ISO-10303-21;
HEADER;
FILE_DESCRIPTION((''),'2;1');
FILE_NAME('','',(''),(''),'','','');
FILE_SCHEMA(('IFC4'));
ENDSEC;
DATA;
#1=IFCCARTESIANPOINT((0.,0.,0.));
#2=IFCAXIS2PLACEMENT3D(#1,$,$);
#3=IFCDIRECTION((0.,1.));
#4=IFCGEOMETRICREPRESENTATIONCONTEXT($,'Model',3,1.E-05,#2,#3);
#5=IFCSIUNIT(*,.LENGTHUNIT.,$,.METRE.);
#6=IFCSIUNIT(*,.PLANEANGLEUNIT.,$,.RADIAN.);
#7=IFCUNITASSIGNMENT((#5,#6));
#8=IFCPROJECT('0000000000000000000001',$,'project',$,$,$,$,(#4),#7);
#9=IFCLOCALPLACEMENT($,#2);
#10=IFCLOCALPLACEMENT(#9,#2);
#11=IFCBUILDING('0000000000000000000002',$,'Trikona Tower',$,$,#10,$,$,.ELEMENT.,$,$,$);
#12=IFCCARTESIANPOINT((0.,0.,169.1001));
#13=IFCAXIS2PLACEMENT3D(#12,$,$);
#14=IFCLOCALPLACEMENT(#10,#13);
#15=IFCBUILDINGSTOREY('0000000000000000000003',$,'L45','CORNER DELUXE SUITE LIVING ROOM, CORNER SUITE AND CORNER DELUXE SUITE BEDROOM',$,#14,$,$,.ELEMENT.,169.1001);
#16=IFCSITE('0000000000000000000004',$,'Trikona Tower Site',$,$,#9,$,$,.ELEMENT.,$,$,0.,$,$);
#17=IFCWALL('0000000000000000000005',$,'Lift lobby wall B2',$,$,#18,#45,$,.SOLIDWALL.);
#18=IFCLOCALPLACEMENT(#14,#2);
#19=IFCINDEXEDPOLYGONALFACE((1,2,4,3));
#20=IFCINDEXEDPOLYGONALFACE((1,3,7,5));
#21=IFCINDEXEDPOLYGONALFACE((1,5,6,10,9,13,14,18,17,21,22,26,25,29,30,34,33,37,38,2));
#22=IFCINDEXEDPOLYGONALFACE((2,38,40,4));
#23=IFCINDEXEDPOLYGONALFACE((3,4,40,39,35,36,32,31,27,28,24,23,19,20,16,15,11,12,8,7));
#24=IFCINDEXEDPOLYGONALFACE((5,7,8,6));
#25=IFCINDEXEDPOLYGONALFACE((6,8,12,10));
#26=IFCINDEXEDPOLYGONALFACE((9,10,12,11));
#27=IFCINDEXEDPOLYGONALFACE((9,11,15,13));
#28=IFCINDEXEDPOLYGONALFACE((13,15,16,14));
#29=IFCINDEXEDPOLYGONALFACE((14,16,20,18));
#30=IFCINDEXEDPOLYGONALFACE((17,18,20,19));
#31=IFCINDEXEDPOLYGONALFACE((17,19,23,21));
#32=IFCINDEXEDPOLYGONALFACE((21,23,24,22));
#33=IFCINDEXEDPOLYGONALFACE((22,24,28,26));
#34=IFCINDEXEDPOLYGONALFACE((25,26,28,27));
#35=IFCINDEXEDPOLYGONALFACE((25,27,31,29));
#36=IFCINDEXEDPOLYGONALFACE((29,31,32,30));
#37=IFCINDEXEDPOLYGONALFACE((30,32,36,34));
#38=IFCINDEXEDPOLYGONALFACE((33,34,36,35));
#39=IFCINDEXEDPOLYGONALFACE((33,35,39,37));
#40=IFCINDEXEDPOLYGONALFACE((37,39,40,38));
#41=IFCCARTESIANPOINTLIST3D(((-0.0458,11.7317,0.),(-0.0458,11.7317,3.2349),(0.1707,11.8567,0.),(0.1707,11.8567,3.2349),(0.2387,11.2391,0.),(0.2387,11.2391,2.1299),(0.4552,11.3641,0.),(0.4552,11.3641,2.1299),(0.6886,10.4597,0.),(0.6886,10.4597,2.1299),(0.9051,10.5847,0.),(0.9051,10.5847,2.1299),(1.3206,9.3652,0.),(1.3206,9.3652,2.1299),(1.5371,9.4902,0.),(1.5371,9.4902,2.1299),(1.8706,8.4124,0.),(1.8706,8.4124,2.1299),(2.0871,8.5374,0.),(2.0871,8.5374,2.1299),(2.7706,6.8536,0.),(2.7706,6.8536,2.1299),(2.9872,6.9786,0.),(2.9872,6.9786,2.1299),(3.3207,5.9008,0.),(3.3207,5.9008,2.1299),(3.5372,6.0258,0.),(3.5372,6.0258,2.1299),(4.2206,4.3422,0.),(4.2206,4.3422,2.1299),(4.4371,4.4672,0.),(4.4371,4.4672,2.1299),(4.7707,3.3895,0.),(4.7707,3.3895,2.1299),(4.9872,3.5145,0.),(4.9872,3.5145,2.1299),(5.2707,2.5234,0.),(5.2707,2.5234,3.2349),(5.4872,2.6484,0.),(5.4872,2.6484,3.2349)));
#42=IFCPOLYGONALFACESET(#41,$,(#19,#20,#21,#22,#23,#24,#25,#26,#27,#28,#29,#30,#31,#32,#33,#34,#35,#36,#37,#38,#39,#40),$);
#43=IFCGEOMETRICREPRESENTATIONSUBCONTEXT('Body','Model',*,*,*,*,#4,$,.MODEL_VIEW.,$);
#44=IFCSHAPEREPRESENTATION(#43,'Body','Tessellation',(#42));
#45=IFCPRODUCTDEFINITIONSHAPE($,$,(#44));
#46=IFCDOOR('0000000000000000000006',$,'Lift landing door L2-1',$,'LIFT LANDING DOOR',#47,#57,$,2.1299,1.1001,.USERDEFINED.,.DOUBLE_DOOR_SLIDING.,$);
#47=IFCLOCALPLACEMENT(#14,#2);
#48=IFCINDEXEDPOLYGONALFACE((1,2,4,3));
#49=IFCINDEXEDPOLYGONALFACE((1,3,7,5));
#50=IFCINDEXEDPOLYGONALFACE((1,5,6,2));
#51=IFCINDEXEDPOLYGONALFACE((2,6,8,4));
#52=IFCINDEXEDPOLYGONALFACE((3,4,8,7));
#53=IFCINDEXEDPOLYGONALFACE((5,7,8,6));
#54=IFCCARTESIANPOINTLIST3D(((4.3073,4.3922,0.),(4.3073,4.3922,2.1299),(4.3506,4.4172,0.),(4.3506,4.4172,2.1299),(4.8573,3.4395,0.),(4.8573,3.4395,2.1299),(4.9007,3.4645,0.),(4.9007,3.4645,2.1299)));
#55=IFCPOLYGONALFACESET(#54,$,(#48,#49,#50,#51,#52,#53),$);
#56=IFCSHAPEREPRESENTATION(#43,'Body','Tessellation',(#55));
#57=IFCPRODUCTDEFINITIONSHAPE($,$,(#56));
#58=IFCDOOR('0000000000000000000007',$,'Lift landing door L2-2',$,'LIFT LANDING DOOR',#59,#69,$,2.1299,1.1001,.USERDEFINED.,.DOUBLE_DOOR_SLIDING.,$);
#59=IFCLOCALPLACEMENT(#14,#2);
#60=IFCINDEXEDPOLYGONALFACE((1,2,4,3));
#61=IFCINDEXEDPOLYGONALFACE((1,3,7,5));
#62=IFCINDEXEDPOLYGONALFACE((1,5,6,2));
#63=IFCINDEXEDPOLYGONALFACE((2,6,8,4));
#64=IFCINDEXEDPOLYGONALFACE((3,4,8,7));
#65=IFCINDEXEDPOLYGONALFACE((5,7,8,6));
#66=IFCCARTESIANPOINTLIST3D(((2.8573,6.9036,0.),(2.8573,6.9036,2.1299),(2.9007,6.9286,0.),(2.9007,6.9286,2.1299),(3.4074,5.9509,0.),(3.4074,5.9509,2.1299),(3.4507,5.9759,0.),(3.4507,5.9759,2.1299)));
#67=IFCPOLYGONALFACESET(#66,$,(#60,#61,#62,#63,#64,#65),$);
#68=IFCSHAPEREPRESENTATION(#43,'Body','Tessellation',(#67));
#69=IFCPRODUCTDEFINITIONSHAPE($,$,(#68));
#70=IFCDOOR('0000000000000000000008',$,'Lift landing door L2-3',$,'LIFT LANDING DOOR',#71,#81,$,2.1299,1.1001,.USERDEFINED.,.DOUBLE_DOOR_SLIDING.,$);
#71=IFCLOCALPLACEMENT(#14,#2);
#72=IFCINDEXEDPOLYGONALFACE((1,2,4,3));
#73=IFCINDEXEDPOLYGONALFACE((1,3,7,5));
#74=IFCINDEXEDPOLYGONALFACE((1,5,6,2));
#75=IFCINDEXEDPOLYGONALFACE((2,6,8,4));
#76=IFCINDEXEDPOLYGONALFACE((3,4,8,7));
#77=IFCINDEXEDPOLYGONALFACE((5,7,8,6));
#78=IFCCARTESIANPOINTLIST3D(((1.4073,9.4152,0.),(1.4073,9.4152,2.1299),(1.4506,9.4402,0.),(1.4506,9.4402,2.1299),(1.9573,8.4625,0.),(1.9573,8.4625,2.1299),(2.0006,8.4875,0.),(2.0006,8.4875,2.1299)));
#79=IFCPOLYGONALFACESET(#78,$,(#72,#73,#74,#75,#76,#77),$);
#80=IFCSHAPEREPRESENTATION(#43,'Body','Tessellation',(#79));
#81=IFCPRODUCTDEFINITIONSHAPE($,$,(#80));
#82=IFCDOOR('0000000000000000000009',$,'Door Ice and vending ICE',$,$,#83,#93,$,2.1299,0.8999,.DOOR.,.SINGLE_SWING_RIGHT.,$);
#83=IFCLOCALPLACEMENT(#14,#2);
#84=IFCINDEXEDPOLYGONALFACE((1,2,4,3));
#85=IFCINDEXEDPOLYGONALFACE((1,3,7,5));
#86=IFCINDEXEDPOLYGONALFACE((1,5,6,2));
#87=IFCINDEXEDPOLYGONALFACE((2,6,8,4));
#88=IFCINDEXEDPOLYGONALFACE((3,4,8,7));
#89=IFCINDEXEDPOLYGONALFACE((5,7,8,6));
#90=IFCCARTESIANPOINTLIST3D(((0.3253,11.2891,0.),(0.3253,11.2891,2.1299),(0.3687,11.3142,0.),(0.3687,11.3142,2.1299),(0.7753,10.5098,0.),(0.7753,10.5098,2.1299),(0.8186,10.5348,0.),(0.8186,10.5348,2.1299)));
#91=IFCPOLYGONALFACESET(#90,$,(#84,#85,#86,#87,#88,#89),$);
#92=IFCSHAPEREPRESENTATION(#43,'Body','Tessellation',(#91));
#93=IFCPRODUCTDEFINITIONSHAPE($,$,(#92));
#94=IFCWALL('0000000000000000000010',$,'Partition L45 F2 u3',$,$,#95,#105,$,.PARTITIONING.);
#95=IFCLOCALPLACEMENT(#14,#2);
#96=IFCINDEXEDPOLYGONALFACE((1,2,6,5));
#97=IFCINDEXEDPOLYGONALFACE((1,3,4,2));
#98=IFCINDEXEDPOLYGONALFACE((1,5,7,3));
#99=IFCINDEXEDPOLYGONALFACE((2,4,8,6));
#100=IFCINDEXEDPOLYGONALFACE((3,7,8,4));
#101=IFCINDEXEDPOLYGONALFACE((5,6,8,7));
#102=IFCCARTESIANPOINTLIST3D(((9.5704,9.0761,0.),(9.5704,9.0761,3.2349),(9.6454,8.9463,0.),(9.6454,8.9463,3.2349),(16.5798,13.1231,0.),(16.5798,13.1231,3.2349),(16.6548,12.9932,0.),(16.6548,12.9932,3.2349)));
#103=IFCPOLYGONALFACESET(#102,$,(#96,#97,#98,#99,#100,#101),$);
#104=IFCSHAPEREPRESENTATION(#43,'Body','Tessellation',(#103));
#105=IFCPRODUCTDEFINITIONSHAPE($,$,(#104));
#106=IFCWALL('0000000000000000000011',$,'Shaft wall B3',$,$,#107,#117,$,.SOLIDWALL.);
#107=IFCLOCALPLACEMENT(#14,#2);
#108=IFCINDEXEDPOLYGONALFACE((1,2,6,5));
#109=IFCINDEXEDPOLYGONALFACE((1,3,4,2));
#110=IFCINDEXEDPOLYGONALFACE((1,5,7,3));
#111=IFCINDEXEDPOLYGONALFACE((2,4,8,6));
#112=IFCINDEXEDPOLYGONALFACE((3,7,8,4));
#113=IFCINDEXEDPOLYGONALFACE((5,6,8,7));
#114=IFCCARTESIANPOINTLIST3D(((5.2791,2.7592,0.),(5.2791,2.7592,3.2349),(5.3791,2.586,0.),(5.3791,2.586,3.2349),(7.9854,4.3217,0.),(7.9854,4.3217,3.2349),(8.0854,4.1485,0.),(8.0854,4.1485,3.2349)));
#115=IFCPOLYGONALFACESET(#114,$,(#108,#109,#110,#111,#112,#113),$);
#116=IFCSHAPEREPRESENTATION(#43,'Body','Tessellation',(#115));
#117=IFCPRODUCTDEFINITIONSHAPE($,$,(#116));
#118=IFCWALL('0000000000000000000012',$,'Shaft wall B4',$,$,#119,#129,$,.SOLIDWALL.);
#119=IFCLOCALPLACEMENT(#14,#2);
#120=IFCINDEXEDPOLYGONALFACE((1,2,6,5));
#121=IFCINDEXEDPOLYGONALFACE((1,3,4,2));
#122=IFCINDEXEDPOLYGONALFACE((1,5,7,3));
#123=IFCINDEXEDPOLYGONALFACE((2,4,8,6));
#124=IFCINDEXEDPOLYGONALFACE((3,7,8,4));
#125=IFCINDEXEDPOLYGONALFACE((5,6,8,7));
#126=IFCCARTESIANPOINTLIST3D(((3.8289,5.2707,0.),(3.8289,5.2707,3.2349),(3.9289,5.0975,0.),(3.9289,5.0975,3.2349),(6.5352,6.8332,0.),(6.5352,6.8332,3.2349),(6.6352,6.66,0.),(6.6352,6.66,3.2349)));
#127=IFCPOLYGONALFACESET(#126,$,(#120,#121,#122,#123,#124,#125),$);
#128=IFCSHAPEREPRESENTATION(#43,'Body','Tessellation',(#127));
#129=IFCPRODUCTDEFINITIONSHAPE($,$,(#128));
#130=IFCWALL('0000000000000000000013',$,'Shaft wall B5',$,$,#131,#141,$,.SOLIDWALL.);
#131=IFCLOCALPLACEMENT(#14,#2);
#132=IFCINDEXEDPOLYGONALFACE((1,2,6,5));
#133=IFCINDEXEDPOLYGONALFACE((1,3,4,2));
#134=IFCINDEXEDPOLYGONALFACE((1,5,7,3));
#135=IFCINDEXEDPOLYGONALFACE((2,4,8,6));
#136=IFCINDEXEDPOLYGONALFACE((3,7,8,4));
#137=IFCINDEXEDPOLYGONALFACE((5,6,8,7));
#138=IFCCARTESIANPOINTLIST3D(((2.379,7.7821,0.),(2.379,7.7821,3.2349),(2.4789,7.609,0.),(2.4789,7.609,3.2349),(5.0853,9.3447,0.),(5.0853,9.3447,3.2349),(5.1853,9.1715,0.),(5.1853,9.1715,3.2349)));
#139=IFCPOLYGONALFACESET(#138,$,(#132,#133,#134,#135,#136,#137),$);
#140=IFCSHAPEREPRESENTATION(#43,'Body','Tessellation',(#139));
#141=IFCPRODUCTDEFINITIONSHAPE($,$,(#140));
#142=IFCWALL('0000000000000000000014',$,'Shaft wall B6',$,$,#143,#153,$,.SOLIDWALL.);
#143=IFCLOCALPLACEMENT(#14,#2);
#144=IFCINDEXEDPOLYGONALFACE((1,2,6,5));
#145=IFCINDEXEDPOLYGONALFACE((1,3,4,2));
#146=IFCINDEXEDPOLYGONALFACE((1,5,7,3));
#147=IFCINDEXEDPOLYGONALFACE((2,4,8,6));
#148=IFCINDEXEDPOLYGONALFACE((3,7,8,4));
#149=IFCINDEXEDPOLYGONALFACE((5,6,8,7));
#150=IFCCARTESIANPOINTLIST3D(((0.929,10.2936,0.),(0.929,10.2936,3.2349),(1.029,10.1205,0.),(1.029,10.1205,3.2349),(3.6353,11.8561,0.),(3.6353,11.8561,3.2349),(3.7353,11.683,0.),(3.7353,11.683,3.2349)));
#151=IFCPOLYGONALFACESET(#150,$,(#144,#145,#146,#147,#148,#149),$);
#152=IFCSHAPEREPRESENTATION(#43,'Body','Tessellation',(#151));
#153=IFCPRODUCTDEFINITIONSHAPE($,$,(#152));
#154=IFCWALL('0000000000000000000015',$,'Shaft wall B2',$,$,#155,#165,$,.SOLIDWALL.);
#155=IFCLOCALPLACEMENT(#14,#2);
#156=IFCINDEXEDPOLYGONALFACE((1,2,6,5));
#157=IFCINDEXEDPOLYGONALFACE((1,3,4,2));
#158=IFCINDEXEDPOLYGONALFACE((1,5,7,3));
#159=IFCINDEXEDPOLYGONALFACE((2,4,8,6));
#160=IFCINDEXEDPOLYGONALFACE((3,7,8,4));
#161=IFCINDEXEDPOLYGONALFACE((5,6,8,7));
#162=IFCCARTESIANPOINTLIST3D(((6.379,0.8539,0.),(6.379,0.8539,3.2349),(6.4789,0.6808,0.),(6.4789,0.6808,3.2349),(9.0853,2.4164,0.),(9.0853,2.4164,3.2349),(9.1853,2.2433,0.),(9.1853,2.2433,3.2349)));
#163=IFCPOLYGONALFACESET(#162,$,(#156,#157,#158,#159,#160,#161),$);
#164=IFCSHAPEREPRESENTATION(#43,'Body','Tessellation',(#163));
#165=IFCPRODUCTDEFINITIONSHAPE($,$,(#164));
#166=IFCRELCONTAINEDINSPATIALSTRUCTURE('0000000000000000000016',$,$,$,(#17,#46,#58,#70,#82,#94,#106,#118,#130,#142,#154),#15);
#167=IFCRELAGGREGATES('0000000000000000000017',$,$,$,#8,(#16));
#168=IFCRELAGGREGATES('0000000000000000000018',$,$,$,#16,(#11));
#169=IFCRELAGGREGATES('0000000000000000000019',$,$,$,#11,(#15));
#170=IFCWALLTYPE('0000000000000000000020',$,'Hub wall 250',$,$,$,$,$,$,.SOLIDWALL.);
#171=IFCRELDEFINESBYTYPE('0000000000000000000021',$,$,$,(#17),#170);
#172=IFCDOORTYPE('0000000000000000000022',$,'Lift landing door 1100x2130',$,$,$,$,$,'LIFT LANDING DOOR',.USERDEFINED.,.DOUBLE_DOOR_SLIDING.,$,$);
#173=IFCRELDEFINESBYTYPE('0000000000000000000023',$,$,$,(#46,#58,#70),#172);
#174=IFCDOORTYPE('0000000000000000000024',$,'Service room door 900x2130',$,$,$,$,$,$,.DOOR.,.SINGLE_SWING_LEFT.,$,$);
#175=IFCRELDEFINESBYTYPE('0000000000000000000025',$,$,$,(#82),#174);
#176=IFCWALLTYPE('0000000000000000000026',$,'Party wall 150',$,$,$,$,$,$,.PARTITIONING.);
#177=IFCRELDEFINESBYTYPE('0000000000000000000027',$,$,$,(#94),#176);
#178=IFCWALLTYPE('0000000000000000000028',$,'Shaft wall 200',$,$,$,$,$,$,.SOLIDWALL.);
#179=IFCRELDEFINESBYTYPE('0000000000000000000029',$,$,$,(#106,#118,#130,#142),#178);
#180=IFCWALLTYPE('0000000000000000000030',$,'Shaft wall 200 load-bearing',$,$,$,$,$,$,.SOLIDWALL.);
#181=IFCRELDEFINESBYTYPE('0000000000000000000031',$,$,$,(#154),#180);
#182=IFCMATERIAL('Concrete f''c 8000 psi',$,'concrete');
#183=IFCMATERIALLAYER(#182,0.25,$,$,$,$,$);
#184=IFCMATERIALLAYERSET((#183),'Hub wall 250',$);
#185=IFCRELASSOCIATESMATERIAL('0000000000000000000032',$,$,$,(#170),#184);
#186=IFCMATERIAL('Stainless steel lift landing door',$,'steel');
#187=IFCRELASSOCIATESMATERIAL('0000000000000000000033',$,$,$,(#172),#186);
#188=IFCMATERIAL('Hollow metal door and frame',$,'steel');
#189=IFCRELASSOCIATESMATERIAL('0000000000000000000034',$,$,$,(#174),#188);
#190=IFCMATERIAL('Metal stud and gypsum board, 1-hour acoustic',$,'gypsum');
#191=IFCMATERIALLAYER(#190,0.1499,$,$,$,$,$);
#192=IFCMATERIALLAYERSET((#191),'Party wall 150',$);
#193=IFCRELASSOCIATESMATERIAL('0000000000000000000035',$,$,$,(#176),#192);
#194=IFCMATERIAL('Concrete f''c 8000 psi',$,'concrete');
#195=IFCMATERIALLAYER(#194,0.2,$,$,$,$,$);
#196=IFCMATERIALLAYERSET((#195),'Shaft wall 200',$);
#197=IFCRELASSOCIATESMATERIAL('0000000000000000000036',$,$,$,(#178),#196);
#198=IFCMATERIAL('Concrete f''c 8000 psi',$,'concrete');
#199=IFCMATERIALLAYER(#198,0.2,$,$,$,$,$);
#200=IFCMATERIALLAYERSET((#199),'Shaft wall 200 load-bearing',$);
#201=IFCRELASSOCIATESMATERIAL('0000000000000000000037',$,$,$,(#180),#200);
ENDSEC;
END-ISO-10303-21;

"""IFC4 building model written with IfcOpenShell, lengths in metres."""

from ifc_helpers import new_model, si_unit, direction, frame, frame_2d, origin, place, context, subcontext, project, spatial, rectangle, extrude, material, layer, layer_set, type_object, element, fill, save


model = new_model("IFC4")

# Units and contexts
model_context = context("Model", 3, precision=1e-05, world=origin(), true_north=direction((0.0, 1.0)))
body_context = subcontext(model_context, "Body", "Model", "MODEL_VIEW")
ifc_project = project(units=[si_unit("LENGTHUNIT", "METRE"), si_unit("PLANEANGLEUNIT", "RADIAN")], contexts=[model_context])

# Site, building, storey
site_placement = place(None, origin())
site = spatial("IfcSite", under=ifc_project, at=site_placement, Name="Trikona Tower Site", CompositionType="ELEMENT", RefElevation=0.0)
building_placement = place(site_placement, origin())
building = spatial("IfcBuilding", under=site, at=building_placement, Name="Trikona Tower", CompositionType="ELEMENT")
storey_placement = place(building_placement, frame((0.0, 0.0, 169.1001)))
storey = spatial("IfcBuildingStorey", under=building, at=storey_placement, Name="L45", Description="CORNER DELUXE SUITE LIVING ROOM, CORNER SUITE AND CORNER DELUXE SUITE BEDROOM", CompositionType="ELEMENT", Elevation=169.1001)

# Wall, openings, doors
ifc_material_1 = material(Name="Concrete f'c 8000 psi", Category="concrete")
ifc_layer_1 = layer(ifc_material_1, 0.25)
ifc_layer_set_1 = layer_set([ifc_layer_1], Name="Hub wall 250")
wall_type_1 = type_object("IfcWallType", Name="Hub wall 250", PredefinedType="SOLIDWALL", material=ifc_layer_set_1)
wall_1_placement = place(storey_placement, frame((5.3789, 2.5859, 0.0), z_axis=(0.0, 0.0, 1.0), x_axis=(-0.500001, 0.866025, 0.0)))
wall_1 = element("IfcWall", 1, at=wall_1_placement, inside=storey, type_object=wall_type_1, Name="Lift lobby wall B2", PredefinedType="SOLIDWALL", context=body_context, shape_type="SweptSolid", body=[
    extrude(rectangle(XDim=10.6328, YDim=0.25, at=frame_2d((5.3164, 0.0))), origin(), (0.0, 0.0, 1.0), 3.2349),
])
opening_1_placement = place(wall_1_placement, frame((9.1641, 0.0, 0.0)))
opening_1 = element("IfcOpeningElement", 2, at=opening_1_placement, cuts=wall_1, PredefinedType="OPENING", context=body_context, shape_type="SweptSolid", body=[
    extrude(rectangle(XDim=0.8999, YDim=2.1299, at=frame_2d((0.45, 1.0649))), frame((0.0, 0.135, 0.0), z_axis=(0.0, -1.0, 0.0), x_axis=(1.0, 0.0, 0.0)), (0.0, 0.0, 1.0), 0.27),
])
opening_2_placement = place(wall_1_placement, frame((1.0, 0.0, 0.0)))
opening_2 = element("IfcOpeningElement", 3, at=opening_2_placement, cuts=wall_1, PredefinedType="OPENING", context=body_context, shape_type="SweptSolid", body=[
    extrude(rectangle(XDim=1.1001, YDim=2.1299, at=frame_2d((0.55, 1.0649))), frame((0.0, 0.135, 0.0), z_axis=(0.0, -1.0, 0.0), x_axis=(1.0, 0.0, 0.0)), (0.0, 0.0, 1.0), 0.27),
])
opening_3_placement = place(wall_1_placement, frame((3.8999, 0.0, 0.0)))
opening_3 = element("IfcOpeningElement", 4, at=opening_3_placement, cuts=wall_1, PredefinedType="OPENING", context=body_context, shape_type="SweptSolid", body=[
    extrude(rectangle(XDim=1.1001, YDim=2.1299, at=frame_2d((0.55, 1.0649))), frame((0.0, 0.135, 0.0), z_axis=(0.0, -1.0, 0.0), x_axis=(1.0, 0.0, 0.0)), (0.0, 0.0, 1.0), 0.27),
])
opening_4_placement = place(wall_1_placement, frame((6.8, 0.0, 0.0)))
opening_4 = element("IfcOpeningElement", 5, at=opening_4_placement, cuts=wall_1, PredefinedType="OPENING", context=body_context, shape_type="SweptSolid", body=[
    extrude(rectangle(XDim=1.1001, YDim=2.1299, at=frame_2d((0.55, 1.0649))), frame((0.0, 0.135, 0.0), z_axis=(0.0, -1.0, 0.0), x_axis=(1.0, 0.0, 0.0)), (0.0, 0.0, 1.0), 0.27),
])
ifc_material_2 = material(Name="Stainless steel lift landing door", Category="steel")
door_type_1 = type_object("IfcDoorType", Name="Lift landing door 1100x2130", ElementType="LIFT LANDING DOOR", OperationType="DOUBLE_DOOR_SLIDING", PredefinedType="USERDEFINED", material=ifc_material_2)
door_1_placement = place(opening_2_placement, origin())
door_1 = element("IfcDoor", 6, at=door_1_placement, inside=storey, type_object=door_type_1, Name="Lift landing door L2-1", ObjectType="LIFT LANDING DOOR", OperationType="DOUBLE_DOOR_SLIDING", OverallHeight=2.1299, OverallWidth=1.1001, PredefinedType="USERDEFINED", context=body_context, shape_type="SweptSolid", body=[
    extrude(rectangle(XDim=1.1001, YDim=2.1299, at=frame_2d((0.55, 1.0649))), frame((0.0, 0.0249, 0.0), z_axis=(0.0, -1.0, 0.0), x_axis=(1.0, 0.0, 0.0)), (0.0, 0.0, 1.0), 0.05),
])
fill(opening_2, door_1)
door_2_placement = place(opening_3_placement, origin())
door_2 = element("IfcDoor", 7, at=door_2_placement, inside=storey, type_object=door_type_1, Name="Lift landing door L2-2", ObjectType="LIFT LANDING DOOR", OperationType="DOUBLE_DOOR_SLIDING", OverallHeight=2.1299, OverallWidth=1.1001, PredefinedType="USERDEFINED", context=body_context, shape_type="SweptSolid", body=[
    extrude(rectangle(XDim=1.1001, YDim=2.1299, at=frame_2d((0.55, 1.0649))), frame((0.0, 0.0249, 0.0), z_axis=(0.0, -1.0, 0.0), x_axis=(1.0, 0.0, 0.0)), (0.0, 0.0, 1.0), 0.05),
])
fill(opening_3, door_2)
door_3_placement = place(opening_4_placement, origin())
door_3 = element("IfcDoor", 8, at=door_3_placement, inside=storey, type_object=door_type_1, Name="Lift landing door L2-3", ObjectType="LIFT LANDING DOOR", OperationType="DOUBLE_DOOR_SLIDING", OverallHeight=2.1299, OverallWidth=1.1001, PredefinedType="USERDEFINED", context=body_context, shape_type="SweptSolid", body=[
    extrude(rectangle(XDim=1.1001, YDim=2.1299, at=frame_2d((0.55, 1.0649))), frame((0.0, 0.0249, 0.0), z_axis=(0.0, -1.0, 0.0), x_axis=(1.0, 0.0, 0.0)), (0.0, 0.0, 1.0), 0.05),
])
fill(opening_4, door_3)
ifc_material_3 = material(Name="Hollow metal door and frame", Category="steel")
door_type_2 = type_object("IfcDoorType", Name="Service room door 900x2130", OperationType="SINGLE_SWING_LEFT", PredefinedType="DOOR", material=ifc_material_3)
door_4_placement = place(opening_1_placement, origin())
door_4 = element("IfcDoor", 9, at=door_4_placement, inside=storey, type_object=door_type_2, Name="Door Ice and vending ICE", OperationType="SINGLE_SWING_RIGHT", OverallHeight=2.1299, OverallWidth=0.8999, PredefinedType="DOOR", context=body_context, shape_type="SweptSolid", body=[
    extrude(rectangle(XDim=0.8999, YDim=2.1299, at=frame_2d((0.45, 1.0649))), frame((0.0, 0.0249, 0.0), z_axis=(0.0, -1.0, 0.0), x_axis=(1.0, 0.0, 0.0)), (0.0, 0.0, 1.0), 0.05),
])
fill(opening_1, door_4)

# Walls
ifc_material_4 = material(Name="Metal stud and gypsum board, 1-hour acoustic", Category="gypsum")
ifc_layer_2 = layer(ifc_material_4, 0.1499)
ifc_layer_set_2 = layer_set([ifc_layer_2], Name="Party wall 150")
wall_type_2 = type_object("IfcWallType", Name="Party wall 150", PredefinedType="PARTITIONING", material=ifc_layer_set_2)
wall_2_placement = place(storey_placement, frame((9.6079, 9.0112, 0.0), z_axis=(0.0, 0.0, 1.0), x_axis=(0.866022, 0.500006, 0.0)))
element("IfcWall", 10, at=wall_2_placement, inside=storey, type_object=wall_type_2, Name="Partition L45 F2 u3", PredefinedType="PARTITIONING", context=body_context, shape_type="SweptSolid", body=[
    extrude(rectangle(XDim=8.0938, YDim=0.1499, at=frame_2d((4.0469, 0.0))), origin(), (0.0, 0.0, 1.0), 3.2349),
])
ifc_material_5 = material(Name="Concrete f'c 8000 psi", Category="concrete")
ifc_layer_3 = layer(ifc_material_5, 0.2)
ifc_layer_set_3 = layer_set([ifc_layer_3], Name="Shaft wall 200")
wall_type_3 = type_object("IfcWallType", Name="Shaft wall 200", PredefinedType="SOLIDWALL", material=ifc_layer_set_3)
for number, where, z_axis, x_axis, name in (
    (11, (5.3291, 2.6726, 0.0), (0.0, 0.0, 1.0), (0.866023, 0.500004, 0.0), "Shaft wall B3"),
    (12, (3.8789, 5.1841, 0.0), (0.0, 0.0, 1.0), (0.866023, 0.500004, 0.0), "Shaft wall B4"),
    (13, (2.429, 7.6956, 0.0), (0.0, 0.0, 1.0), (0.866023, 0.500004, 0.0), "Shaft wall B5"),
    (14, (0.979, 10.207, 0.0), (0.0, 0.0, 1.0), (0.866023, 0.500004, 0.0), "Shaft wall B6"),
):
    element("IfcWall", number, at=place(storey_placement, frame(where, z_axis=z_axis, x_axis=x_axis)), inside=storey, type_object=wall_type_3, Name=name, PredefinedType="SOLIDWALL", context=body_context, shape_type="SweptSolid", body=[
        extrude(rectangle(XDim=3.125, YDim=0.2, at=frame_2d((1.5625, 0.0))), origin(), (0.0, 0.0, 1.0), 3.2349),
    ])
ifc_material_6 = material(Name="Concrete f'c 8000 psi", Category="concrete")
ifc_layer_4 = layer(ifc_material_6, 0.2)
ifc_layer_set_4 = layer_set([ifc_layer_4], Name="Shaft wall 200 load-bearing")
wall_type_4 = type_object("IfcWallType", Name="Shaft wall 200 load-bearing", PredefinedType="SOLIDWALL", material=ifc_layer_set_4)
wall_3_placement = place(storey_placement, frame((6.429, 0.7673, 0.0), z_axis=(0.0, 0.0, 1.0), x_axis=(0.866023, 0.500004, 0.0)))
element("IfcWall", 15, at=wall_3_placement, inside=storey, type_object=wall_type_4, Name="Shaft wall B2", PredefinedType="SOLIDWALL", context=body_context, shape_type="SweptSolid", body=[
    extrude(rectangle(XDim=3.125, YDim=0.2, at=frame_2d((1.5625, 0.0))), origin(), (0.0, 0.0, 1.0), 3.2349),
])

save(model, "model.ifc")
